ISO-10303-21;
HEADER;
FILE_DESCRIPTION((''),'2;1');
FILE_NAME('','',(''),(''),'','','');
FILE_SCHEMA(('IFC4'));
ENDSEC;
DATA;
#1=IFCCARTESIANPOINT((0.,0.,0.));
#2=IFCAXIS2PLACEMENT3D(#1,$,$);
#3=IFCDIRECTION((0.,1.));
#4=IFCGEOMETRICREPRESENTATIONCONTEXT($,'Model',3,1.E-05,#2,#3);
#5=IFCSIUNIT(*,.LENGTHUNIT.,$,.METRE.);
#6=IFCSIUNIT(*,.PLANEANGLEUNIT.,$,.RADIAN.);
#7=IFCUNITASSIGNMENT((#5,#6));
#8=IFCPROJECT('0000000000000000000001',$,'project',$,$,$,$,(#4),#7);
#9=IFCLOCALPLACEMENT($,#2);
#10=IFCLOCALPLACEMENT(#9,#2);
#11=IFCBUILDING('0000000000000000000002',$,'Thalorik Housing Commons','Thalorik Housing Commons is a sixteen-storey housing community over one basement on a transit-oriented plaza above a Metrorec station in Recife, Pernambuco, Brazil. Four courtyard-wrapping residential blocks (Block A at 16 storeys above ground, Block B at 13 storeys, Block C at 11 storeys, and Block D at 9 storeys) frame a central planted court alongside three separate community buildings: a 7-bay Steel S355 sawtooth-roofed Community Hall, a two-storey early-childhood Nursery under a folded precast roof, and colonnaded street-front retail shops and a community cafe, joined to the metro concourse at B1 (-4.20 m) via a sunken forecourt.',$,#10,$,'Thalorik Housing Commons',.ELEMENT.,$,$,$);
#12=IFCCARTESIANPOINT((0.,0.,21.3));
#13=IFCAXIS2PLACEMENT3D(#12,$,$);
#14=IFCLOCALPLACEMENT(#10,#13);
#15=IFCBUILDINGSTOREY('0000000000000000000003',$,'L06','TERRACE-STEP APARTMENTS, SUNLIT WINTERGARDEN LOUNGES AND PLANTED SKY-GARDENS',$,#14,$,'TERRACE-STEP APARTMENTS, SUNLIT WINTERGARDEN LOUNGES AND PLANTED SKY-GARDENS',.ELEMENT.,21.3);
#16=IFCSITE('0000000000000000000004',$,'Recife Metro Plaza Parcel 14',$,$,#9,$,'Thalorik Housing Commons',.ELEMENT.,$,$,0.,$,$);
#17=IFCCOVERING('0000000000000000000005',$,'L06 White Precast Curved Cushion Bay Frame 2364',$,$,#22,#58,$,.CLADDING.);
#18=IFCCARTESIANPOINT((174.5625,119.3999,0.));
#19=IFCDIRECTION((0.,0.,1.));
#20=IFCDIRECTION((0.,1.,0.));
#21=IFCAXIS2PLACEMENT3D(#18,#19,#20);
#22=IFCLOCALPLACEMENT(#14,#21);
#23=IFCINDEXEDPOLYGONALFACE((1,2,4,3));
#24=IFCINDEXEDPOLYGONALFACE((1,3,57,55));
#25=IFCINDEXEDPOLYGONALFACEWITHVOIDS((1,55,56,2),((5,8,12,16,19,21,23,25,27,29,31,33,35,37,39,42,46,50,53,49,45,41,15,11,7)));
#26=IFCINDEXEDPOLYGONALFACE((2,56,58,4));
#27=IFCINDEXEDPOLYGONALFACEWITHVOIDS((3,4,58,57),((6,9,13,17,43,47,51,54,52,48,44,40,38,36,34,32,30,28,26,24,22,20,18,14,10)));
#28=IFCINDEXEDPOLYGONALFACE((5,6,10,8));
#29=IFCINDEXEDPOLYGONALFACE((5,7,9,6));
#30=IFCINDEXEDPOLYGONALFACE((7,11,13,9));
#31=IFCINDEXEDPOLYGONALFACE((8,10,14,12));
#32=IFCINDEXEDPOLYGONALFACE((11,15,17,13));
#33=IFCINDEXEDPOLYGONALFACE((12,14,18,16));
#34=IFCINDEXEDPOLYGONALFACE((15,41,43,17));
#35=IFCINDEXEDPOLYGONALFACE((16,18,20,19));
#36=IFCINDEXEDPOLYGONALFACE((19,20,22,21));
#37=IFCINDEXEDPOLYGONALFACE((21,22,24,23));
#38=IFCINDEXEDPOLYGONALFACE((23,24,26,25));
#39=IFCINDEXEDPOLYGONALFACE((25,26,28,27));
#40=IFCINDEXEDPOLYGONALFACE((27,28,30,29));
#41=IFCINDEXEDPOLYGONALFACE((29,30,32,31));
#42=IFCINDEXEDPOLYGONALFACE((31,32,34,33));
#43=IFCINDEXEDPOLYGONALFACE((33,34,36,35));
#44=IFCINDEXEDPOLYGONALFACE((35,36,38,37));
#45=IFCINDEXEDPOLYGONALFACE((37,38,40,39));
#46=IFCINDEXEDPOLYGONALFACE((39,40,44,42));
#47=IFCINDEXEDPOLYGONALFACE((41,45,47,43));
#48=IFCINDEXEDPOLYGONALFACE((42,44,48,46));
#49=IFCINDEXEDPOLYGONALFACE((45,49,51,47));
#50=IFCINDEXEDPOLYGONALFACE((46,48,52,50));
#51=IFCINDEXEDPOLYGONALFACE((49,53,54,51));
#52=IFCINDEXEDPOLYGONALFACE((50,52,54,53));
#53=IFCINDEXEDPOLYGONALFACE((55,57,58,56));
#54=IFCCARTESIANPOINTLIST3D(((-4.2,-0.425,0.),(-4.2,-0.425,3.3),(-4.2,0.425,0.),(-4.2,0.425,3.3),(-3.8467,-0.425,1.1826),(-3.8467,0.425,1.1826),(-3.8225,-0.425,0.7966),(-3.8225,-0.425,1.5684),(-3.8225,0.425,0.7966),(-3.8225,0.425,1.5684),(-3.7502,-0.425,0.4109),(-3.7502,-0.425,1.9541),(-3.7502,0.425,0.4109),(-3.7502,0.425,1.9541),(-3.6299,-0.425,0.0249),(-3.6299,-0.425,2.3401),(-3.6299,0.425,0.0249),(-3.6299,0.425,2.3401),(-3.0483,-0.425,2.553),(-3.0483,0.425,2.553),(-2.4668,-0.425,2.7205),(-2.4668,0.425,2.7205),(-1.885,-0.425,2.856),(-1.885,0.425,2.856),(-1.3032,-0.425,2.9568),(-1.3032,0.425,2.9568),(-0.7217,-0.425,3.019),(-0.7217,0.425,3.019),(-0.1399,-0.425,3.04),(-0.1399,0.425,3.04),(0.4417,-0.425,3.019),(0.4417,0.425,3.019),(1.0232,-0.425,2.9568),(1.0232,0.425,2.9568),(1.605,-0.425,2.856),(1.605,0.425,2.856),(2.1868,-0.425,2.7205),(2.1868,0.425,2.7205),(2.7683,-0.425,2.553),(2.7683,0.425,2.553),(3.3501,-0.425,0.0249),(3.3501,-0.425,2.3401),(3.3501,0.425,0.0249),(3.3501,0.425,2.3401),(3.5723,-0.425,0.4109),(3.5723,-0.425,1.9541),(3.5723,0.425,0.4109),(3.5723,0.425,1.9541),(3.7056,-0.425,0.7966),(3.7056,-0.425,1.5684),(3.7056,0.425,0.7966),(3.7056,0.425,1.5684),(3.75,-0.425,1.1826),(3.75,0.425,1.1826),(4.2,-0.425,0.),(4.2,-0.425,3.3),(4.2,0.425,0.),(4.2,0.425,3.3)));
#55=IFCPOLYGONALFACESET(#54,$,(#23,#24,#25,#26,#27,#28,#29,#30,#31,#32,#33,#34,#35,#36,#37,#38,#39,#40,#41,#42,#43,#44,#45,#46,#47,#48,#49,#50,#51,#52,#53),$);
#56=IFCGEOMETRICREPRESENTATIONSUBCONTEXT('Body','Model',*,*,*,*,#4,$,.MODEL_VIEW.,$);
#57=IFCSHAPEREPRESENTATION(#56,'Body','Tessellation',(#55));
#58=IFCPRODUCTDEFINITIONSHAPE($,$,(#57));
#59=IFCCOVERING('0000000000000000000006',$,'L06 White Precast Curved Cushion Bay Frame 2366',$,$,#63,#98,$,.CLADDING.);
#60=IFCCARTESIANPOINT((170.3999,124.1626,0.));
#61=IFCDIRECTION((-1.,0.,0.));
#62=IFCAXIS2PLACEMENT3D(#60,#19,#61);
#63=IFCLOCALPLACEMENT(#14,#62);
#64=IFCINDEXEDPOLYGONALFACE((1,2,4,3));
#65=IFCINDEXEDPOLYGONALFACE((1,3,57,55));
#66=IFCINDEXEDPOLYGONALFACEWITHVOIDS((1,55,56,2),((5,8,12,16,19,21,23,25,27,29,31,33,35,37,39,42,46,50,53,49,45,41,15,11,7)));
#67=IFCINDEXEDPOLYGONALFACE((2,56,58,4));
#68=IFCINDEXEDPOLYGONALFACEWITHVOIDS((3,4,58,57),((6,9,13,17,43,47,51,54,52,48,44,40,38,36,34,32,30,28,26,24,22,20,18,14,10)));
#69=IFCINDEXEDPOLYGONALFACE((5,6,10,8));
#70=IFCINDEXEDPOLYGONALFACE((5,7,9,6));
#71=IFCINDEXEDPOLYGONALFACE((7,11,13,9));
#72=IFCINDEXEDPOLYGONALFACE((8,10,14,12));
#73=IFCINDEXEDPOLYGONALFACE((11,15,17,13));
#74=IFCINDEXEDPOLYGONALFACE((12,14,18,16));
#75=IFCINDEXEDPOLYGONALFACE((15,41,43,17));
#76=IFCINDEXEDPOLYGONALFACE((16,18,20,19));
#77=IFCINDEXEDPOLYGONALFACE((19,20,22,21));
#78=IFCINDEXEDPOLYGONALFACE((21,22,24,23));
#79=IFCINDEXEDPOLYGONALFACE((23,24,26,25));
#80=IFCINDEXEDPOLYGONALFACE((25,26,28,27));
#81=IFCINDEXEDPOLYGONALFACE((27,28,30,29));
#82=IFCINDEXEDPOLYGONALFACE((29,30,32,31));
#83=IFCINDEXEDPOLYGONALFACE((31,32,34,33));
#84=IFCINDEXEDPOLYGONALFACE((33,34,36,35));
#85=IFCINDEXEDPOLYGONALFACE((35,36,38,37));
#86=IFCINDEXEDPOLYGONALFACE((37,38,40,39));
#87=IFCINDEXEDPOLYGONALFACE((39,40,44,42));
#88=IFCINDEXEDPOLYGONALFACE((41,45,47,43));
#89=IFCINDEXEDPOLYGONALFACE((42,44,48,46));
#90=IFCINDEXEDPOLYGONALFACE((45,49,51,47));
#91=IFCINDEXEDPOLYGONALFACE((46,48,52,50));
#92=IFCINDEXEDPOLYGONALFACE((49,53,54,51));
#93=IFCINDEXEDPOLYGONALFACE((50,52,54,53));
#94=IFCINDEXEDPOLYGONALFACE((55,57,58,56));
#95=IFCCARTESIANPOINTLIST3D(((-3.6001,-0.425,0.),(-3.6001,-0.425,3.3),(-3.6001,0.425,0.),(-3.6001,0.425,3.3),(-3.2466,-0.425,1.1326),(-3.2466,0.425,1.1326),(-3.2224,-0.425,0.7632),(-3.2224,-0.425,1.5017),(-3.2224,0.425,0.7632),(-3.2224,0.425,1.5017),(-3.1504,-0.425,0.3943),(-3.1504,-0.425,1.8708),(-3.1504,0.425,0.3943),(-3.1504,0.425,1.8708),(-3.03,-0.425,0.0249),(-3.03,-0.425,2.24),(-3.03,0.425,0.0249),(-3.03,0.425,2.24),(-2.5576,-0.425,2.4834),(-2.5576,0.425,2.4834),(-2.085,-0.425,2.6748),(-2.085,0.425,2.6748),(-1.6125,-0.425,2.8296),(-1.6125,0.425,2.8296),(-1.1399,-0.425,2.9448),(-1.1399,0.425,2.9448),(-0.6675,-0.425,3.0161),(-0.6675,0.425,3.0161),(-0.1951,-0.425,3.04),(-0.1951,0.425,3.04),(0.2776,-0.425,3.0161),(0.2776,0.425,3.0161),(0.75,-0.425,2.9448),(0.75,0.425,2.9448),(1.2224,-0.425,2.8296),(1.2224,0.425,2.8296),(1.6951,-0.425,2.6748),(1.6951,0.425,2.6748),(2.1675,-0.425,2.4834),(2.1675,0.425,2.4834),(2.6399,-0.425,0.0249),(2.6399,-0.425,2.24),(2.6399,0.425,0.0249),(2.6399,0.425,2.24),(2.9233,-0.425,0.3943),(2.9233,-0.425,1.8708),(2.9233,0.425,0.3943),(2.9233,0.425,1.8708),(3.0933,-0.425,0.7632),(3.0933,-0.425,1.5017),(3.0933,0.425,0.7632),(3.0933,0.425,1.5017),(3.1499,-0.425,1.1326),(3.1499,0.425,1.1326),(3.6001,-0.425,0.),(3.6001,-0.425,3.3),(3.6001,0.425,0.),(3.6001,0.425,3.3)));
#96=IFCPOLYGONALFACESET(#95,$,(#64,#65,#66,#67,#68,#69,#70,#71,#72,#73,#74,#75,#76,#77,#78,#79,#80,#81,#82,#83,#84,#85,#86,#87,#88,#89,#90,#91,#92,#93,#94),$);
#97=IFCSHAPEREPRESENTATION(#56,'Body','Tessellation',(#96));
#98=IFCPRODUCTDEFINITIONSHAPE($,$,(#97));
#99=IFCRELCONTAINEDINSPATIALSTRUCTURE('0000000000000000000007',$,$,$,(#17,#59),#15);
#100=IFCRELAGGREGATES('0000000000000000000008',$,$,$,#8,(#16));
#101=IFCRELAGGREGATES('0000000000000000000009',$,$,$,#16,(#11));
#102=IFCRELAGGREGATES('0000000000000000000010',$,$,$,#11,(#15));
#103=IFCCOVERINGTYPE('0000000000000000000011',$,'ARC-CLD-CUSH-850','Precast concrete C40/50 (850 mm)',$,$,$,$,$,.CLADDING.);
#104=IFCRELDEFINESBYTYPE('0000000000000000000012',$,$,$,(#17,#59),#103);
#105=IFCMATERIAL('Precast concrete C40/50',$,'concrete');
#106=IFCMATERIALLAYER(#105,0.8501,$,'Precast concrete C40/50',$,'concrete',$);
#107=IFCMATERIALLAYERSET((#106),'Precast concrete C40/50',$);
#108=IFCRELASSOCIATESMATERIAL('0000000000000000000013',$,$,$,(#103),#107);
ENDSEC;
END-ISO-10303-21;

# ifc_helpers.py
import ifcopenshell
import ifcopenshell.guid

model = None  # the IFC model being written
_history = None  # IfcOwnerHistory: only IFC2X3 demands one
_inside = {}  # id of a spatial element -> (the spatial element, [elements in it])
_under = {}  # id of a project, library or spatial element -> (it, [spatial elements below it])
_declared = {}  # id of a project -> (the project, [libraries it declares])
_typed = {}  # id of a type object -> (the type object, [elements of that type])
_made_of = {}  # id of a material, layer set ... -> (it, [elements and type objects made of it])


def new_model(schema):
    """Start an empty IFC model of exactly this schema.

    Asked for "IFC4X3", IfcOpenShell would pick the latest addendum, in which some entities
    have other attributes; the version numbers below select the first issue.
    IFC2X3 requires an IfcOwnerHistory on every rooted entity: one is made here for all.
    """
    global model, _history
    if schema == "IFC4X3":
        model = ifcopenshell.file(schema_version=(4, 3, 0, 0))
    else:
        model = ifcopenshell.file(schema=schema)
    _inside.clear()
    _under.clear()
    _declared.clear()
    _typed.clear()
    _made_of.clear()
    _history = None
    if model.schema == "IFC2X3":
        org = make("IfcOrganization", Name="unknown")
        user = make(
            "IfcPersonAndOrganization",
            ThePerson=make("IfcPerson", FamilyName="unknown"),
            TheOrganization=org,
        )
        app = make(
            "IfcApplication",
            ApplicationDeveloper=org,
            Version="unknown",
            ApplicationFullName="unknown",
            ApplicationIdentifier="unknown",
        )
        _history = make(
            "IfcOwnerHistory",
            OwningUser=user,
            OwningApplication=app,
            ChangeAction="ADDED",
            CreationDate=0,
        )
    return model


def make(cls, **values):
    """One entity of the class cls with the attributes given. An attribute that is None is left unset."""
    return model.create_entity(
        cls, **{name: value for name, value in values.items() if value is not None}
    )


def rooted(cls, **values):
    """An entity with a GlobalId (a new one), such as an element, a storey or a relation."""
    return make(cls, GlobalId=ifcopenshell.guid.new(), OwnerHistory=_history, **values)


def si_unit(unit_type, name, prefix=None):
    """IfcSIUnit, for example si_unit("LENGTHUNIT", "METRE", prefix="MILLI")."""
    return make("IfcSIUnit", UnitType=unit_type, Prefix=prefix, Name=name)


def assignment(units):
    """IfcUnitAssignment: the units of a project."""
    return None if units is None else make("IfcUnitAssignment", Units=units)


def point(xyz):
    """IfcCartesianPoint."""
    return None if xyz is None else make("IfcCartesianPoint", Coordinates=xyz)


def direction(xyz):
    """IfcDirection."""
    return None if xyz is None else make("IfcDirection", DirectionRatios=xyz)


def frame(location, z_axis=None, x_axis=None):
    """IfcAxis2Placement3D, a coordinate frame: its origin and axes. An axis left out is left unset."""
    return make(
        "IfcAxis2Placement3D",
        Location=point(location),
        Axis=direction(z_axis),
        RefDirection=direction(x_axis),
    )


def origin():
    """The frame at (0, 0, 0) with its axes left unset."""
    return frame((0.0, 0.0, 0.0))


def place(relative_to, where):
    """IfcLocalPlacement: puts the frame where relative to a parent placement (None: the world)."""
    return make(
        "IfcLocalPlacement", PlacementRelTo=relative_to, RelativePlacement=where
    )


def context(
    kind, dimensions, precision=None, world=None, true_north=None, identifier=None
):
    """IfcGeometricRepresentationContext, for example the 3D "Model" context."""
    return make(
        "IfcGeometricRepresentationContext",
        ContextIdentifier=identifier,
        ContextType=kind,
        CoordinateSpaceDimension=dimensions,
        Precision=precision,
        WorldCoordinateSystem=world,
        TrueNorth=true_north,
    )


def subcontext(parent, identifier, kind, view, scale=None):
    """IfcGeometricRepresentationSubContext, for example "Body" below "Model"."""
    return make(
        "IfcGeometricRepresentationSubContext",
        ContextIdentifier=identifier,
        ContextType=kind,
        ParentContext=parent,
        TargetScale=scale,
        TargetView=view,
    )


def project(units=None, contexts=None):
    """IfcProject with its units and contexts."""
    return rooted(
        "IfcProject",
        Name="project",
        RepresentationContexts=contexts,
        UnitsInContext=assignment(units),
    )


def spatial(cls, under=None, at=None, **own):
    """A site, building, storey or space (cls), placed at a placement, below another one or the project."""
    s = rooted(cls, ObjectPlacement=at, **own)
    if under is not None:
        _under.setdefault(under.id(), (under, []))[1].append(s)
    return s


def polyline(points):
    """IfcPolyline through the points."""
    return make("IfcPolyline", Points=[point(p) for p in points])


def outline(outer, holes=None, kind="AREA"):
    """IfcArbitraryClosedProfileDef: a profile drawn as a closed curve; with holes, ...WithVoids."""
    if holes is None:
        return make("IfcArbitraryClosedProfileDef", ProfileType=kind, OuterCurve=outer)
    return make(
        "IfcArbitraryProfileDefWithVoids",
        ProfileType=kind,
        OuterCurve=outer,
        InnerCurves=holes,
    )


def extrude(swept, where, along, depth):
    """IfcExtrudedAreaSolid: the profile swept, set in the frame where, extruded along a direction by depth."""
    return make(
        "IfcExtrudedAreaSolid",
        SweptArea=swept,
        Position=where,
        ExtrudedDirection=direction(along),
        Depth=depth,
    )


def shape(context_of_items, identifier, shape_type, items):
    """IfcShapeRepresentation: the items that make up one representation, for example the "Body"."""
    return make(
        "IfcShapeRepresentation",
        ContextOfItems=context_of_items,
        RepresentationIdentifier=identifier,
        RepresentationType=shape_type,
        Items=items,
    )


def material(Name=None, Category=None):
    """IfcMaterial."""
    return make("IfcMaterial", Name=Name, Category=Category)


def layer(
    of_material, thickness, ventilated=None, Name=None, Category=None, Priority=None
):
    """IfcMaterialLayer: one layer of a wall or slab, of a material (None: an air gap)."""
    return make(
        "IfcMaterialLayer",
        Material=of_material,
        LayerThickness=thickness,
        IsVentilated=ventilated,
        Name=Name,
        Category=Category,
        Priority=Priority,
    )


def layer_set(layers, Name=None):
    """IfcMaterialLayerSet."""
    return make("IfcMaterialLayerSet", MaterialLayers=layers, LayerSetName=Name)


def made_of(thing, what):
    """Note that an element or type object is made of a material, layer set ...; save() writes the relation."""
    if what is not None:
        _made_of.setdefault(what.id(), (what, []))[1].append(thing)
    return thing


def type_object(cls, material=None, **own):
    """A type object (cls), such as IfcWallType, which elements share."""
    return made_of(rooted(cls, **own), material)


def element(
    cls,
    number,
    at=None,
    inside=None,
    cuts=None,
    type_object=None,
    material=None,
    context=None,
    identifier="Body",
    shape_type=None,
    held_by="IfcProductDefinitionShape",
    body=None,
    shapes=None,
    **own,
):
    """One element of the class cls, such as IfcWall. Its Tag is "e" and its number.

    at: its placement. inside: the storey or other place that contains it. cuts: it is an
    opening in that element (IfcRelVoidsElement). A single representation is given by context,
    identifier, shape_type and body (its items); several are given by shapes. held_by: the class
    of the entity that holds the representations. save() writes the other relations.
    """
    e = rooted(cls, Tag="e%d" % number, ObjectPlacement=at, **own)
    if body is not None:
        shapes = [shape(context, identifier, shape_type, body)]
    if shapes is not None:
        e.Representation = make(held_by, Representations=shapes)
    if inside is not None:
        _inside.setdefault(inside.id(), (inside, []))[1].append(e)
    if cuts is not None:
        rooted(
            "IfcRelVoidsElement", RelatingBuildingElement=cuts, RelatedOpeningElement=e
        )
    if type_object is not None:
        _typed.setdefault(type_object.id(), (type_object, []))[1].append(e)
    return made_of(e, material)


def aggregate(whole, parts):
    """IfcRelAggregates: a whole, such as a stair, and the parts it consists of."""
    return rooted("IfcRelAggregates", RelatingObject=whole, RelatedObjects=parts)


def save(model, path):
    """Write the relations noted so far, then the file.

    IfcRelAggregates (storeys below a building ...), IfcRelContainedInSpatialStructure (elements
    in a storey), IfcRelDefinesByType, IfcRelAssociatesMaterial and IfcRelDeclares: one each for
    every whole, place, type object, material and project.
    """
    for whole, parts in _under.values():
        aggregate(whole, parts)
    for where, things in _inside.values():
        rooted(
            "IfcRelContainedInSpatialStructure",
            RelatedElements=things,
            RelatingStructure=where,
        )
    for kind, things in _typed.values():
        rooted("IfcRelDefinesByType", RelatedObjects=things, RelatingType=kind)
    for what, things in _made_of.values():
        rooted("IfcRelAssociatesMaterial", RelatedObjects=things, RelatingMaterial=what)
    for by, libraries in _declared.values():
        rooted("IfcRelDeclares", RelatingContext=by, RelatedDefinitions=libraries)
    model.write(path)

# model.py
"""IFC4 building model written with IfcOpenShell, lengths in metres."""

from ifc_helpers import new_model, si_unit, direction, frame, origin, place, context, subcontext, project, spatial, polyline, outline, extrude, material, layer, layer_set, type_object, element, save


model = new_model("IFC4")

# Units and contexts
model_context = context("Model", 3, precision=1e-05, world=origin(), true_north=direction((0.0, 1.0)))
body_context = subcontext(model_context, "Body", "Model", "MODEL_VIEW")
ifc_project = project(units=[si_unit("LENGTHUNIT", "METRE"), si_unit("PLANEANGLEUNIT", "RADIAN")], contexts=[model_context])

# Site, building, storey
site_placement = place(None, origin())
site = spatial("IfcSite", under=ifc_project, at=site_placement, Name="Recife Metro Plaza Parcel 14", LongName="Thalorik Housing Commons", CompositionType="ELEMENT", RefElevation=0.0)
building_placement = place(site_placement, origin())
building = spatial("IfcBuilding", under=site, at=building_placement, Name="Thalorik Housing Commons", Description="Thalorik Housing Commons is a sixteen-storey housing community over one basement on a transit-oriented plaza above a Metrorec station in Recife, Pernambuco, Brazil. Four courtyard-wrapping residential blocks (Block A at 16 storeys above ground, Block B at 13 storeys, Block C at 11 storeys, and Block D at 9 storeys) frame a central planted court alongside three separate community buildings: a 7-bay Steel S355 sawtooth-roofed Community Hall, a two-storey early-childhood Nursery under a folded precast roof, and colonnaded street-front retail shops and a community cafe, joined to the metro concourse at B1 (-4.20 m) via a sunken forecourt.", LongName="Thalorik Housing Commons", CompositionType="ELEMENT")
storey_placement = place(building_placement, frame((0.0, 0.0, 21.3)))
storey = spatial("IfcBuildingStorey", under=building, at=storey_placement, Name="L06", Description="TERRACE-STEP APARTMENTS, SUNLIT WINTERGARDEN LOUNGES AND PLANTED SKY-GARDENS", LongName="TERRACE-STEP APARTMENTS, SUNLIT WINTERGARDEN LOUNGES AND PLANTED SKY-GARDENS", CompositionType="ELEMENT", Elevation=21.3)

# Shared definitions
ifc_material_1 = material(Name="Precast concrete C40/50", Category="concrete")

# Coverings
ifc_layer_1 = layer(ifc_material_1, 0.8501, Name="Precast concrete C40/50", Category="concrete")
ifc_layer_set_1 = layer_set([ifc_layer_1], Name="Precast concrete C40/50")
covering_type_1 = type_object("IfcCoveringType", Name="ARC-CLD-CUSH-850", Description="Precast concrete C40/50 (850 mm)", PredefinedType="CLADDING", material=ifc_layer_set_1)
covering_1_placement = place(storey_placement, frame((174.5625, 119.3999, 0.0), z_axis=(0.0, 0.0, 1.0), x_axis=(0.0, 1.0, 0.0)))
element("IfcCovering", 1, at=covering_1_placement, inside=storey, type_object=covering_type_1, Name="L06 White Precast Curved Cushion Bay Frame 2364", PredefinedType="CLADDING", context=body_context, shape_type="SweptSolid", body=[
    extrude(outline(polyline([(-4.2, 0.0), (4.2, 0.0), (4.2, 3.3), (-4.2, 3.3), (-4.2, 0.0)]), holes=[polyline([(3.3501, 0.0249), (3.5723, 0.4109), (3.7056, 0.7966), (3.75, 1.1826), (3.7056, 1.5684), (3.5723, 1.9541), (3.3501, 2.3401), (2.7683, 2.553), (2.1868, 2.7205), (1.605, 2.856), (1.0232, 2.9568), (0.4417, 3.019), (-0.1399, 3.04), (-0.7217, 3.019), (-1.3032, 2.9568), (-1.885, 2.856), (-2.4668, 2.7205), (-3.0483, 2.553), (-3.6299, 2.3401), (-3.7502, 1.9541), (-3.8225, 1.5684), (-3.8467, 1.1826), (-3.8225, 0.7966), (-3.7502, 0.4109), (-3.6299, 0.0249), (3.3501, 0.0249)])]), frame((0.0, 0.425, 0.0), z_axis=(0.0, -1.0, 0.0), x_axis=(1.0, 0.0, 0.0)), (0.0, 0.0, 1.0), 0.8501),
])
covering_2_placement = place(storey_placement, frame((170.3999, 124.1626, 0.0), z_axis=(0.0, 0.0, 1.0), x_axis=(-1.0, 0.0, 0.0)))
element("IfcCovering", 2, at=covering_2_placement, inside=storey, type_object=covering_type_1, Name="L06 White Precast Curved Cushion Bay Frame 2366", PredefinedType="CLADDING", context=body_context, shape_type="SweptSolid", body=[
    extrude(outline(polyline([(-3.6001, 0.0), (3.6001, 0.0), (3.6001, 3.3), (-3.6001, 3.3), (-3.6001, 0.0)]), holes=[polyline([(2.6399, 0.0249), (2.9233, 0.3943), (3.0933, 0.7632), (3.1499, 1.1326), (3.0933, 1.5017), (2.9233, 1.8708), (2.6399, 2.24), (2.1675, 2.4834), (1.6951, 2.6748), (1.2224, 2.8296), (0.75, 2.9448), (0.2776, 3.0161), (-0.1951, 3.04), (-0.6675, 3.0161), (-1.1399, 2.9448), (-1.6125, 2.8296), (-2.085, 2.6748), (-2.5576, 2.4834), (-3.03, 2.24), (-3.1504, 1.8708), (-3.2224, 1.5017), (-3.2466, 1.1326), (-3.2224, 0.7632), (-3.1504, 0.3943), (-3.03, 0.0249), (2.6399, 0.0249)])]), frame((0.0, 0.425, 0.0), z_axis=(0.0, -1.0, 0.0), x_axis=(1.0, 0.0, 0.0)), (0.0, 0.0, 1.0), 0.8501),
])

save(model, "model.ifc")
